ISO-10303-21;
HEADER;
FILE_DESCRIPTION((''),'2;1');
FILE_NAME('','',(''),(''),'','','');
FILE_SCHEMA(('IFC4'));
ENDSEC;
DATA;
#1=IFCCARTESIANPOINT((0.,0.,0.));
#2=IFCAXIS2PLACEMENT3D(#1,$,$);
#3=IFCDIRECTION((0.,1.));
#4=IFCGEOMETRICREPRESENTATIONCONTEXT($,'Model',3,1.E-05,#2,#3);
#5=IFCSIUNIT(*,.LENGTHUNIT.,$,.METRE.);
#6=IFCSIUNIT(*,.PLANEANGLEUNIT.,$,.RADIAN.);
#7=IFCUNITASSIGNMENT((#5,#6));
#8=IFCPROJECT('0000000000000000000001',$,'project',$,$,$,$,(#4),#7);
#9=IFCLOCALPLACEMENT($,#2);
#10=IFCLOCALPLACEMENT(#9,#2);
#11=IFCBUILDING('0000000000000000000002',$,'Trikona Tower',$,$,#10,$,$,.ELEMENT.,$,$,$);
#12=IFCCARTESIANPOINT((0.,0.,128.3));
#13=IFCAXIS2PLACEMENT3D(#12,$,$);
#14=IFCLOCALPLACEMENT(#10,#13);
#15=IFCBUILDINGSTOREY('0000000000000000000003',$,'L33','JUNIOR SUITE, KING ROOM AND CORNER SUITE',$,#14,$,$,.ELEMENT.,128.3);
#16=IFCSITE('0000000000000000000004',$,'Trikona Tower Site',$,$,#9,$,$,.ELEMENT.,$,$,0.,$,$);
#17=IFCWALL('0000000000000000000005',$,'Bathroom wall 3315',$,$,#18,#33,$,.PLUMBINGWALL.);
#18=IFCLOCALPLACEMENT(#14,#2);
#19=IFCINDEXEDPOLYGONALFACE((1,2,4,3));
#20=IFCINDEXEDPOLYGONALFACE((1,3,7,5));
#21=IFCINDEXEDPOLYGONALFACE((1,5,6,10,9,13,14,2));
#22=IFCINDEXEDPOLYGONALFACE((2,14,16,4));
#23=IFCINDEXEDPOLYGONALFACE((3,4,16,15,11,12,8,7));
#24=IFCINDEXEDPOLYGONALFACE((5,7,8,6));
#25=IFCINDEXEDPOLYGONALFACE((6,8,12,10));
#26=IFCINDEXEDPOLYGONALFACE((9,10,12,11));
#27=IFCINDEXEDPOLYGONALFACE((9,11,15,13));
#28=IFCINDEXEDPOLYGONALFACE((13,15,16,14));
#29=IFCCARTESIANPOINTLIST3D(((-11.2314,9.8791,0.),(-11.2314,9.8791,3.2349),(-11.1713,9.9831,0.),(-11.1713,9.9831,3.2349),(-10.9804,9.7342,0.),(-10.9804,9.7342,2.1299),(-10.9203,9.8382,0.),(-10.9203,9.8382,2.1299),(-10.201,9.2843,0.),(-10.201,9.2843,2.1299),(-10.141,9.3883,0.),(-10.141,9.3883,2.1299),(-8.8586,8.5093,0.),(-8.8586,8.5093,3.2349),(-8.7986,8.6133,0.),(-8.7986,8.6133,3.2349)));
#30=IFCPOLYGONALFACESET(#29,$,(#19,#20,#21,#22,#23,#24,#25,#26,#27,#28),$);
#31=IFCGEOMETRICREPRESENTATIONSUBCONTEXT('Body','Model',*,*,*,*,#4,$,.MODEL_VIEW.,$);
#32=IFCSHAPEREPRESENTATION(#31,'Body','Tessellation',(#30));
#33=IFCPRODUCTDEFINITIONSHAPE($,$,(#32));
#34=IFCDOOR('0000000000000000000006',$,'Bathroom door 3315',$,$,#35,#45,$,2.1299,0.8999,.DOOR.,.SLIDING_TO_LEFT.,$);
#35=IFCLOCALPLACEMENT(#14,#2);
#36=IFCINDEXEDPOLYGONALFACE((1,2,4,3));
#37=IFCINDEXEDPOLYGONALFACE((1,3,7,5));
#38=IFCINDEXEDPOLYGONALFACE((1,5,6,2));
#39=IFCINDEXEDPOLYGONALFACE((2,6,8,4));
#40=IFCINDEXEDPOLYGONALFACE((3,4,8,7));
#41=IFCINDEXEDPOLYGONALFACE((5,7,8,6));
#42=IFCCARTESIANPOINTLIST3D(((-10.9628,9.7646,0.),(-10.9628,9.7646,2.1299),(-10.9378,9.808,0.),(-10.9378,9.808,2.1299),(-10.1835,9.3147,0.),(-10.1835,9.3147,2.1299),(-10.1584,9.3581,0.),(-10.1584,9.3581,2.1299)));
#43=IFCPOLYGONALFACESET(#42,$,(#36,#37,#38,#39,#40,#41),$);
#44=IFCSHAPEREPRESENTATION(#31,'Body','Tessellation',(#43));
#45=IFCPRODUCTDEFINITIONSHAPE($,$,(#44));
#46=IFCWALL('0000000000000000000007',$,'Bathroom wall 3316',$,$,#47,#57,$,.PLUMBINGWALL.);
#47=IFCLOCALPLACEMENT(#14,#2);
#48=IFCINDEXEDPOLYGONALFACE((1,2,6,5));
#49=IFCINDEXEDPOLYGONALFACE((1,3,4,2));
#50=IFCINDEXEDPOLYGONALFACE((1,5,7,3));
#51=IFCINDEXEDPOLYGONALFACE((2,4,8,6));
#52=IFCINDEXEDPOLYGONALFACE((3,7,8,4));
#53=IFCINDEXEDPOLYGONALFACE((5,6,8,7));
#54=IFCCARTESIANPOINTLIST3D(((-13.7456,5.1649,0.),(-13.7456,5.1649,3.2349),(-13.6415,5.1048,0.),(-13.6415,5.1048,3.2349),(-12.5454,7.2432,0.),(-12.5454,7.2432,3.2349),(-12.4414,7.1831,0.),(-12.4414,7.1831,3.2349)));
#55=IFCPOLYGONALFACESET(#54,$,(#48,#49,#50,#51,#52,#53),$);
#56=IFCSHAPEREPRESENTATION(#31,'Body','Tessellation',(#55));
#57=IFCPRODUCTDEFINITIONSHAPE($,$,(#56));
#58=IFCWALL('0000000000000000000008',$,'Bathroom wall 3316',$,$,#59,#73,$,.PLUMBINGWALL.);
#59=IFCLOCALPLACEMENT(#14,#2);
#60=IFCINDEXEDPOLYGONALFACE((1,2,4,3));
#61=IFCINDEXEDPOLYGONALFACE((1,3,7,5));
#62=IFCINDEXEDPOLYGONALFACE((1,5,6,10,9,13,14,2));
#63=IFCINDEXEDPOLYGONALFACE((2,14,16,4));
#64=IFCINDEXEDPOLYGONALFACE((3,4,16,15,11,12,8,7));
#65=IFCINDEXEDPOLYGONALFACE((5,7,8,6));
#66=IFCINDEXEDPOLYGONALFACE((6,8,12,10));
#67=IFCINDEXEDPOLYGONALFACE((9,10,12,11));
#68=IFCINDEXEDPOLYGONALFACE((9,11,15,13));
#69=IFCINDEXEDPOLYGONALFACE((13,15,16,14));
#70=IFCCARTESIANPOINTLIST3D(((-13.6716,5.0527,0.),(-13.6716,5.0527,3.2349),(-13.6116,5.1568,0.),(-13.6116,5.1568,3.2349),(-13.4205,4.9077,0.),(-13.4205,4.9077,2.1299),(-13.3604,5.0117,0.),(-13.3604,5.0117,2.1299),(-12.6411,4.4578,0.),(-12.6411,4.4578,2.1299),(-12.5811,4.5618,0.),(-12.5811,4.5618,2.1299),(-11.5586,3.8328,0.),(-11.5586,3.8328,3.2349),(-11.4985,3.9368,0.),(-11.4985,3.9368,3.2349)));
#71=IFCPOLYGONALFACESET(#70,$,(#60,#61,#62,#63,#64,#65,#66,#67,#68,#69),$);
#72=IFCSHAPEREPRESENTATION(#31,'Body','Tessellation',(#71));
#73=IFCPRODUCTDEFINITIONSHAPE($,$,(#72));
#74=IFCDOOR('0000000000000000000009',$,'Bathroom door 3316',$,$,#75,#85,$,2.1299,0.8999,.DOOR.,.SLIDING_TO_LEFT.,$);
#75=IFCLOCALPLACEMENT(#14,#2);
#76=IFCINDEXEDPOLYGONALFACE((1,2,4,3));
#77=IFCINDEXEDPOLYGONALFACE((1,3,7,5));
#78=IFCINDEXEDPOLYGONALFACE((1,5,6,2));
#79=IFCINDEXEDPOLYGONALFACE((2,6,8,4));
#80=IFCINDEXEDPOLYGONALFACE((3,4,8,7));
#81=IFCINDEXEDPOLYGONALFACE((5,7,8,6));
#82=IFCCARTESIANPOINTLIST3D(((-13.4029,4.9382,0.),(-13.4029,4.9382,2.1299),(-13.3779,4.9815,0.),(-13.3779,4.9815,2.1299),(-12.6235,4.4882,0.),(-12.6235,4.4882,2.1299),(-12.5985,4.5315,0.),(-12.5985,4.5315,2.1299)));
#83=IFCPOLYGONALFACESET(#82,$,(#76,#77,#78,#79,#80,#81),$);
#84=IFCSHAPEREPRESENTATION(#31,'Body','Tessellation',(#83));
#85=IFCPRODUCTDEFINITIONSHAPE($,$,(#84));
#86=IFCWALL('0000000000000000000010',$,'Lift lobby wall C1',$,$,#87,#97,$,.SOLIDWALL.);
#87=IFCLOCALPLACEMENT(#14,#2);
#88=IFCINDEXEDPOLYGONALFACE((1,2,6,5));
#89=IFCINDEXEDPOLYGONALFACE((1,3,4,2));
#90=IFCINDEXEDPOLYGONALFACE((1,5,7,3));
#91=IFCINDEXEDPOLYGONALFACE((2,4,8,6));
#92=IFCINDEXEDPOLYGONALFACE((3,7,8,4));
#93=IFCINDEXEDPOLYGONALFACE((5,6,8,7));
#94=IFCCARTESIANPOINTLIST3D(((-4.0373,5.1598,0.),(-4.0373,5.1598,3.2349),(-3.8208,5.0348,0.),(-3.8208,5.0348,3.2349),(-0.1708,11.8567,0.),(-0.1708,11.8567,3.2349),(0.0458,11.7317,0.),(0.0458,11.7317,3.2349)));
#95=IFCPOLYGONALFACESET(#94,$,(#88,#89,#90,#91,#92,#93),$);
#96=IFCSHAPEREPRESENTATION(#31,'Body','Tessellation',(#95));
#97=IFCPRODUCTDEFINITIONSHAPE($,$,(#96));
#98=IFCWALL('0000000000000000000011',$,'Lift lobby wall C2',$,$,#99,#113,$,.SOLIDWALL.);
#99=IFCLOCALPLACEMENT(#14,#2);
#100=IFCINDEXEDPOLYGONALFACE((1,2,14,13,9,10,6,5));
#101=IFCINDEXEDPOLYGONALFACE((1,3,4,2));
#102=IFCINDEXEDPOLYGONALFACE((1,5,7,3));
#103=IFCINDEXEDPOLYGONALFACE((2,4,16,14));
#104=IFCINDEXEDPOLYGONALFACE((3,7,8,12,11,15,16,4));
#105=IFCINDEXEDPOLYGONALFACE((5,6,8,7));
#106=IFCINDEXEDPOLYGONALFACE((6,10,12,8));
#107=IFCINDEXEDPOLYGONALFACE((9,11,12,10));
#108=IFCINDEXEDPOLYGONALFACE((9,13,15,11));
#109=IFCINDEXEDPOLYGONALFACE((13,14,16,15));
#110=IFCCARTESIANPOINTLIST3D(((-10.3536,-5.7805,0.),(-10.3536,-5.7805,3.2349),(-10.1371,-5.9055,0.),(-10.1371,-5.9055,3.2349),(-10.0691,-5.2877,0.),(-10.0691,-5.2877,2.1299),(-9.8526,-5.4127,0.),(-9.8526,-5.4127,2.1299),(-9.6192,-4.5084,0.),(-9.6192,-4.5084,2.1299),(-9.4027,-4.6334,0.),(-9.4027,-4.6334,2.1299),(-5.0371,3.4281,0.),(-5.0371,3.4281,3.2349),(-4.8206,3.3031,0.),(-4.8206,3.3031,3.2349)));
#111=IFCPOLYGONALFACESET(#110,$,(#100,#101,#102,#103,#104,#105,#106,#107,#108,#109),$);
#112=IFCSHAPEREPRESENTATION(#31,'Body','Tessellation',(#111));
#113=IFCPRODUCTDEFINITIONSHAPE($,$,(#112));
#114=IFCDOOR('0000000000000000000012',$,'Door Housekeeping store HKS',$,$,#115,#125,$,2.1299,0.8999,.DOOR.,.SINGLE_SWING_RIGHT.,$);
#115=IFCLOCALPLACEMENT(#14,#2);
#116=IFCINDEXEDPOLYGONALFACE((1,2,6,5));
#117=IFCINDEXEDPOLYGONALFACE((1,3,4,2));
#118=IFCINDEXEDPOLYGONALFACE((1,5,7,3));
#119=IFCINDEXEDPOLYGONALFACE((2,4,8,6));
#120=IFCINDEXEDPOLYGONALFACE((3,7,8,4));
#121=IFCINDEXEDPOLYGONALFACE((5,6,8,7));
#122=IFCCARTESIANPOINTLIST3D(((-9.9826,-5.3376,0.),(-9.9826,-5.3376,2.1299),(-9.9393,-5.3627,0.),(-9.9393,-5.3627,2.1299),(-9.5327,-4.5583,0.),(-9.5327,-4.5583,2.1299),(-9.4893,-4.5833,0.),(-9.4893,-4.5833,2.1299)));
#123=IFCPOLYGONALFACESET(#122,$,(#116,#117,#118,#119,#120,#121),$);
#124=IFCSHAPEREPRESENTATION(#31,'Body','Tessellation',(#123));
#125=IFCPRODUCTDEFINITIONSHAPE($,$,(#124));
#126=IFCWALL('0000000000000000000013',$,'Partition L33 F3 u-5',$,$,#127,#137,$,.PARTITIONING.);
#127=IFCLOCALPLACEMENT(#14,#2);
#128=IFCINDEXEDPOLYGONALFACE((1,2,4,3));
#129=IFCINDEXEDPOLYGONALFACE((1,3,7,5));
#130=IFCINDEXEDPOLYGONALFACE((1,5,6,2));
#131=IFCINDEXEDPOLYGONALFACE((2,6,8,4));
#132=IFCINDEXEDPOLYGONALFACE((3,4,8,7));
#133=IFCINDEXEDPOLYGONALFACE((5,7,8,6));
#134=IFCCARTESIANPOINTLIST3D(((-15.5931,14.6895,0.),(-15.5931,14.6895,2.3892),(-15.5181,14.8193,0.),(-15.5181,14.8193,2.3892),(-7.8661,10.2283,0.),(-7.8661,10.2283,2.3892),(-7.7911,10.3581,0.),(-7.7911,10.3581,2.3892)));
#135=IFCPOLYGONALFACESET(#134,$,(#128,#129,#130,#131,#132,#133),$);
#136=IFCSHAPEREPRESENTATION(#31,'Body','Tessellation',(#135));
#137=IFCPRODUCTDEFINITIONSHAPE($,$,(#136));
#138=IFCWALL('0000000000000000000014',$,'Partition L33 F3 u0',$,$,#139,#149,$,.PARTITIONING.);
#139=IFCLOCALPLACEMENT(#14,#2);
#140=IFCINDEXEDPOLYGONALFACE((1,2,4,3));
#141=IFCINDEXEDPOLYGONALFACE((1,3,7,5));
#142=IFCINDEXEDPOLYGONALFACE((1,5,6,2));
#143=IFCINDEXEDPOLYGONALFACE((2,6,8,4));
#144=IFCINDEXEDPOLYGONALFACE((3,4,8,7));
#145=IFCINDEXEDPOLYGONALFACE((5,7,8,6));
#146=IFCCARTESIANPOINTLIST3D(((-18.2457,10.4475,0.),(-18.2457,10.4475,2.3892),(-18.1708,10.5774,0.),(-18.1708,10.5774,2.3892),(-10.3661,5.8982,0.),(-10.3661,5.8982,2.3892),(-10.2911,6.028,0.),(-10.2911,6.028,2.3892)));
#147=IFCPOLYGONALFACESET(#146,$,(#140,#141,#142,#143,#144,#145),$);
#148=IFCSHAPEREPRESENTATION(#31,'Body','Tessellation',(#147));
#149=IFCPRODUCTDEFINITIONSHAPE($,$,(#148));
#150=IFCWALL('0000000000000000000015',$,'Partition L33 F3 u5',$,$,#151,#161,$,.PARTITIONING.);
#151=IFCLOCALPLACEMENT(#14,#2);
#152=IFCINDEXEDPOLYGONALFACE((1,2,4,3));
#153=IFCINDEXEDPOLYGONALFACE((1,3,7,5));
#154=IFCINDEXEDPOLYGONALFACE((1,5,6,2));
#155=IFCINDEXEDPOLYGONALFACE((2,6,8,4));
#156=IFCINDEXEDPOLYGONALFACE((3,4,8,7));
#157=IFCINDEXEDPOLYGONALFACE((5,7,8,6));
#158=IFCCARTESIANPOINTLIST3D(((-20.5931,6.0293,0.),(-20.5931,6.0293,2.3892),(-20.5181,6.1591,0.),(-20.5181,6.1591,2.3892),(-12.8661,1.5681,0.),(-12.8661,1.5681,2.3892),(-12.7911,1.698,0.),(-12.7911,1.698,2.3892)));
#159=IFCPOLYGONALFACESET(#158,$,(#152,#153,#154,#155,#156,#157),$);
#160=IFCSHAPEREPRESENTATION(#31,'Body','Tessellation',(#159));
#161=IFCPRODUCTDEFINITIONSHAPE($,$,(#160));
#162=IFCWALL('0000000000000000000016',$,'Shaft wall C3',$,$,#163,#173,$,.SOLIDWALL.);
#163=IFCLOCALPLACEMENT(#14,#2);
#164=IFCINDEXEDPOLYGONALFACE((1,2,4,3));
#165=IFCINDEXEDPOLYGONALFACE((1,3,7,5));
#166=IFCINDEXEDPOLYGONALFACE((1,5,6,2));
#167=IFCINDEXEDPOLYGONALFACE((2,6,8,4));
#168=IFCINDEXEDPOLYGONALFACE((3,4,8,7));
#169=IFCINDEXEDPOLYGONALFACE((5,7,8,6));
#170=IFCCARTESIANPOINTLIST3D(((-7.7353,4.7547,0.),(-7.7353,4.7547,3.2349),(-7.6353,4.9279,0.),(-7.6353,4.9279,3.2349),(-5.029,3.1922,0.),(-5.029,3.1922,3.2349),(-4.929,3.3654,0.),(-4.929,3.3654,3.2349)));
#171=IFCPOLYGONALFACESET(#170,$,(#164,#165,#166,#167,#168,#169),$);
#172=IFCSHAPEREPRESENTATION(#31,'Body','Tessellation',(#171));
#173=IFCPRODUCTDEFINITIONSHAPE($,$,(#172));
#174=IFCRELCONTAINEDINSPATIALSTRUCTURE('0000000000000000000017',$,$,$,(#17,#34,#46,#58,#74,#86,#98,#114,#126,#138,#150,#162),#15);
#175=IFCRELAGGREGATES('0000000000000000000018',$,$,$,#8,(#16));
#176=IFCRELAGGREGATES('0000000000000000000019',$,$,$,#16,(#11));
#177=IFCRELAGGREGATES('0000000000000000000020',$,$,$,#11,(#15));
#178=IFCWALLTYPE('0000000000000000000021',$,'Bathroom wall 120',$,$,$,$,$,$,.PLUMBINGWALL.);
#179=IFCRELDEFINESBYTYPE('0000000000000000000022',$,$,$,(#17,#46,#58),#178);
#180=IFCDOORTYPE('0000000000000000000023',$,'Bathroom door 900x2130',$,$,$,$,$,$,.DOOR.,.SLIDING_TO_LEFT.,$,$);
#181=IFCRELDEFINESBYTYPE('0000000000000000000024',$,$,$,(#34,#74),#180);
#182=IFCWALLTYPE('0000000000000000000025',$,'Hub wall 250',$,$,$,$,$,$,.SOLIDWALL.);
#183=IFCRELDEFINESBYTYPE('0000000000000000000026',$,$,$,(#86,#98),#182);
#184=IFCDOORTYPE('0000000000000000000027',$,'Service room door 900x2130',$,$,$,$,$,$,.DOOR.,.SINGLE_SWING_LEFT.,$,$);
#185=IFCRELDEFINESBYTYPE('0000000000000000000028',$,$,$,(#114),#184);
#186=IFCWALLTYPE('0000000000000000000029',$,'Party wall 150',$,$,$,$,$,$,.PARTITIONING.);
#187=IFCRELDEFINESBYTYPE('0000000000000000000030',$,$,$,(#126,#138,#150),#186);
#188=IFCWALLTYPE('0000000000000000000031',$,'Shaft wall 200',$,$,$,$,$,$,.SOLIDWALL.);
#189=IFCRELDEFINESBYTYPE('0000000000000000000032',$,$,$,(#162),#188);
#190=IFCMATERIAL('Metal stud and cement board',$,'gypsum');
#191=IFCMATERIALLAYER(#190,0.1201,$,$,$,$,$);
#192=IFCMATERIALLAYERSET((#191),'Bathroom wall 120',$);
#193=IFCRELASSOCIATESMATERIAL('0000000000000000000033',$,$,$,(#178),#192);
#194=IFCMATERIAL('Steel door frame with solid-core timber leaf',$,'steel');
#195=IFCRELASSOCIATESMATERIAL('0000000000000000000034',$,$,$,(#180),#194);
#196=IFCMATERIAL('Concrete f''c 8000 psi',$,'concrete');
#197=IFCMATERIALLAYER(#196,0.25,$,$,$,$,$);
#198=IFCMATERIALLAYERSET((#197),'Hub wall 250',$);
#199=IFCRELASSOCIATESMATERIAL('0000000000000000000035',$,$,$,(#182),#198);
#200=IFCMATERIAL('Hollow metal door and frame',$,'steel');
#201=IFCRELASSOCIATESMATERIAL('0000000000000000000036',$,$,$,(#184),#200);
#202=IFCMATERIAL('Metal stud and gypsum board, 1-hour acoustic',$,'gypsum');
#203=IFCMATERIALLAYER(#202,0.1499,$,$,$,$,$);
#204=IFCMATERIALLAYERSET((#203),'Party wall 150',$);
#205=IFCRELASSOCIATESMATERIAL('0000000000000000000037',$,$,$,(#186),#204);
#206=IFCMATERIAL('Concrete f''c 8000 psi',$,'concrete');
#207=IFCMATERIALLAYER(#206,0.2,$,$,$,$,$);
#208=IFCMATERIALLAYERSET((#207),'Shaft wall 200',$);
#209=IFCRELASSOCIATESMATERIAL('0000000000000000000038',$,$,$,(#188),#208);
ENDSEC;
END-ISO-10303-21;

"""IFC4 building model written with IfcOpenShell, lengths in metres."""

from ifc_helpers import new_model, si_unit, direction, frame, frame_2d, origin, place, context, subcontext, project, spatial, rectangle, extrude, material, layer, layer_set, type_object, element, fill, save


model = new_model("IFC4")

# Units and contexts
model_context = context("Model", 3, precision=1e-05, world=origin(), true_north=direction((0.0, 1.0)))
body_context = subcontext(model_context, "Body", "Model", "MODEL_VIEW")
ifc_project = project(units=[si_unit("LENGTHUNIT", "METRE"), si_unit("PLANEANGLEUNIT", "RADIAN")], contexts=[model_context])

# Site, building, storey
site_placement = place(None, origin())
site = spatial("IfcSite", under=ifc_project, at=site_placement, Name="Trikona Tower Site", CompositionType="ELEMENT", RefElevation=0.0)
building_placement = place(site_placement, origin())
building = spatial("IfcBuilding", under=site, at=building_placement, Name="Trikona Tower", CompositionType="ELEMENT")
storey_placement = place(building_placement, frame((0.0, 0.0, 128.3)))
storey = spatial("IfcBuildingStorey", under=building, at=storey_placement, Name="L33", Description="JUNIOR SUITE, KING ROOM AND CORNER SUITE", CompositionType="ELEMENT", Elevation=128.3)

# Shared definitions
ifc_material_1 = material(Name="Metal stud and cement board", Category="gypsum")
ifc_layer_1 = layer(ifc_material_1, 0.1201)
ifc_layer_set_1 = layer_set([ifc_layer_1], Name="Bathroom wall 120")
wall_type_1 = type_object("IfcWallType", Name="Bathroom wall 120", PredefinedType="PLUMBINGWALL", material=ifc_layer_set_1)
ifc_material_2 = material(Name="Steel door frame with solid-core timber leaf", Category="steel")
door_type_1 = type_object("IfcDoorType", Name="Bathroom door 900x2130", OperationType="SLIDING_TO_LEFT", PredefinedType="DOOR", material=ifc_material_2)

# Wall, opening, door
wall_1_placement = place(storey_placement, frame((-8.8286, 8.5613, 0.0), z_axis=(0.0, 0.0, 1.0), x_axis=(-0.866036, 0.499982, 0.0)))
wall_1 = element("IfcWall", 1, at=wall_1_placement, inside=storey, type_object=wall_type_1, Name="Bathroom wall 3315", PredefinedType="PLUMBINGWALL", context=body_context, shape_type="SweptSolid", body=[
    extrude(rectangle(XDim=2.7397, YDim=0.1201, at=frame_2d((1.3699, 0.0))), origin(), (0.0, 0.0, 1.0), 3.2349),
])
opening_1_placement = place(wall_1_placement, frame((1.55, 0.0, 0.0)))
opening_1 = element("IfcOpeningElement", 2, at=opening_1_placement, cuts=wall_1, PredefinedType="OPENING", context=body_context, shape_type="SweptSolid", body=[
    extrude(rectangle(XDim=0.8999, YDim=2.1299, at=frame_2d((0.45, 1.0649))), frame((0.0, 0.0701, 0.0), z_axis=(0.0, -1.0, 0.0), x_axis=(1.0, 0.0, 0.0)), (0.0, 0.0, 1.0), 0.1401),
])
door_1_placement = place(opening_1_placement, origin())
door_1 = element("IfcDoor", 3, at=door_1_placement, inside=storey, type_object=door_type_1, Name="Bathroom door 3315", OperationType="SLIDING_TO_LEFT", OverallHeight=2.1299, OverallWidth=0.8999, PredefinedType="DOOR", context=body_context, shape_type="SweptSolid", body=[
    extrude(rectangle(XDim=0.8999, YDim=2.1299, at=frame_2d((0.45, 1.0649))), frame((0.0, 0.0249, 0.0), z_axis=(0.0, -1.0, 0.0), x_axis=(1.0, 0.0, 0.0)), (0.0, 0.0, 1.0), 0.05),
])
fill(opening_1, door_1)

# Wall
wall_2_placement = place(storey_placement, frame((-12.4934, 7.2131, 0.0), z_axis=(0.0, 0.0, 1.0), x_axis=(-0.500078, -0.865981, 0.0)))
element("IfcWall", 4, at=wall_2_placement, inside=storey, type_object=wall_type_1, Name="Bathroom wall 3316", PredefinedType="PLUMBINGWALL", context=body_context, shape_type="SweptSolid", body=[
    extrude(rectangle(XDim=2.3999, YDim=0.1201, at=frame_2d((1.2, 0.0))), origin(), (0.0, 0.0, 1.0), 3.2349),
])

# Wall, opening, door
wall_3_placement = place(storey_placement, frame((-11.5286, 3.8848, 0.0), z_axis=(0.0, 0.0, 1.0), x_axis=(-0.866024, 0.500003, 0.0)))
wall_3 = element("IfcWall", 5, at=wall_3_placement, inside=storey, type_object=wall_type_1, Name="Bathroom wall 3316", PredefinedType="PLUMBINGWALL", context=body_context, shape_type="SweptSolid", body=[
    extrude(rectangle(XDim=2.4399, YDim=0.1201, at=frame_2d((1.22, 0.0))), origin(), (0.0, 0.0, 1.0), 3.2349),
])
opening_2_placement = place(wall_3_placement, frame((1.25, 0.0, 0.0)))
opening_2 = element("IfcOpeningElement", 6, at=opening_2_placement, cuts=wall_3, PredefinedType="OPENING", context=body_context, shape_type="SweptSolid", body=[
    extrude(rectangle(XDim=0.8999, YDim=2.1299, at=frame_2d((0.45, 1.0649))), frame((0.0, 0.0701, 0.0), z_axis=(0.0, -1.0, 0.0), x_axis=(1.0, 0.0, 0.0)), (0.0, 0.0, 1.0), 0.1401),
])
door_2_placement = place(opening_2_placement, origin())
door_2 = element("IfcDoor", 7, at=door_2_placement, inside=storey, type_object=door_type_1, Name="Bathroom door 3316", OperationType="SLIDING_TO_LEFT", OverallHeight=2.1299, OverallWidth=0.8999, PredefinedType="DOOR", context=body_context, shape_type="SweptSolid", body=[
    extrude(rectangle(XDim=0.8999, YDim=2.1299, at=frame_2d((0.45, 1.0649))), frame((0.0, 0.0249, 0.0), z_axis=(0.0, -1.0, 0.0), x_axis=(1.0, 0.0, 0.0)), (0.0, 0.0, 1.0), 0.05),
])
fill(opening_2, door_2)

# Wall
ifc_material_3 = material(Name="Concrete f'c 8000 psi", Category="concrete")
ifc_layer_2 = layer(ifc_material_3, 0.25)
ifc_layer_set_2 = layer_set([ifc_layer_2], Name="Hub wall 250")
wall_type_2 = type_object("IfcWallType", Name="Hub wall 250", PredefinedType="SOLIDWALL", material=ifc_layer_set_2)
wall_4_placement = place(storey_placement, frame((-0.0625, 11.7942, 0.0), z_axis=(0.0, 0.0, 1.0), x_axis=(-0.500007, -0.866022, 0.0)))
element("IfcWall", 8, at=wall_4_placement, inside=storey, type_object=wall_type_2, Name="Lift lobby wall C1", PredefinedType="SOLIDWALL", context=body_context, shape_type="SweptSolid", body=[
    extrude(rectangle(XDim=7.7329, YDim=0.25, at=frame_2d((3.8665, 0.0))), origin(), (0.0, 0.0, 1.0), 3.2349),
])

# Wall, opening, door
wall_5_placement = place(storey_placement, frame((-4.929, 3.3655, 0.0), z_axis=(0.0, 0.0, 1.0), x_axis=(-0.499991, -0.86603, 0.0)))
wall_5 = element("IfcWall", 9, at=wall_5_placement, inside=storey, type_object=wall_type_2, Name="Lift lobby wall C2", PredefinedType="SOLIDWALL", context=body_context, shape_type="SweptSolid", body=[
    extrude(rectangle(XDim=10.6331, YDim=0.25, at=frame_2d((5.3164, 0.0))), origin(), (0.0, 0.0, 1.0), 3.2349),
])
opening_3_placement = place(wall_5_placement, frame((9.1641, 0.0, 0.0)))
opening_3 = element("IfcOpeningElement", 10, at=opening_3_placement, cuts=wall_5, PredefinedType="OPENING", context=body_context, shape_type="SweptSolid", body=[
    extrude(rectangle(XDim=0.8999, YDim=2.1299, at=frame_2d((0.45, 1.0649))), frame((0.0, 0.135, 0.0), z_axis=(0.0, -1.0, 0.0), x_axis=(1.0, 0.0, 0.0)), (0.0, 0.0, 1.0), 0.27),
])
ifc_material_4 = material(Name="Hollow metal door and frame", Category="steel")
door_type_2 = type_object("IfcDoorType", Name="Service room door 900x2130", OperationType="SINGLE_SWING_LEFT", PredefinedType="DOOR", material=ifc_material_4)
door_3_placement = place(opening_3_placement, origin())
door_3 = element("IfcDoor", 11, at=door_3_placement, inside=storey, type_object=door_type_2, Name="Door Housekeeping store HKS", OperationType="SINGLE_SWING_RIGHT", OverallHeight=2.1299, OverallWidth=0.8999, PredefinedType="DOOR", context=body_context, shape_type="SweptSolid", body=[
    extrude(rectangle(XDim=0.8999, YDim=2.1299, at=frame_2d((0.45, 1.0649))), frame((0.0, 0.0249, 0.0), z_axis=(0.0, -1.0, 0.0), x_axis=(1.0, 0.0, 0.0)), (0.0, 0.0, 1.0), 0.05),
])
fill(opening_3, door_3)

# Walls
ifc_material_5 = material(Name="Metal stud and gypsum board, 1-hour acoustic", Category="gypsum")
ifc_layer_3 = layer(ifc_material_5, 0.1499)
ifc_layer_set_3 = layer_set([ifc_layer_3], Name="Party wall 150")
wall_type_3 = type_object("IfcWallType", Name="Party wall 150", PredefinedType="PARTITIONING", material=ifc_layer_set_3)
wall_6_placement = place(storey_placement, frame((-7.8286, 10.2932, 0.0), z_axis=(0.0, 0.0, 1.0), x_axis=(-0.866027, 0.499997, 0.0)))
element("IfcWall", 12, at=wall_6_placement, inside=storey, type_object=wall_type_3, Name="Partition L33 F3 u-5", PredefinedType="PARTITIONING", context=body_context, shape_type="SweptSolid", body=[
    extrude(rectangle(XDim=8.9224, YDim=0.1499, at=frame_2d((4.4612, 0.0))), origin(), (0.0, 0.0, 1.0), 2.3892),
])
wall_7_placement = place(storey_placement, frame((-10.3286, 5.9631, 0.0), z_axis=(0.0, 0.0, 1.0), x_axis=(-0.866025, 0.5, 0.0)))
element("IfcWall", 13, at=wall_7_placement, inside=storey, type_object=wall_type_3, Name="Partition L33 F3 u0", PredefinedType="PARTITIONING", context=body_context, shape_type="SweptSolid", body=[
    extrude(rectangle(XDim=9.0986, YDim=0.1499, at=frame_2d((4.5493, 0.0))), origin(), (0.0, 0.0, 1.0), 2.3892),
])
wall_8_placement = place(storey_placement, frame((-12.8286, 1.6331, 0.0), z_axis=(0.0, 0.0, 1.0), x_axis=(-0.866027, 0.499997, 0.0)))
element("IfcWall", 14, at=wall_8_placement, inside=storey, type_object=wall_type_3, Name="Partition L33 F3 u5", PredefinedType="PARTITIONING", context=body_context, shape_type="SweptSolid", body=[
    extrude(rectangle(XDim=8.9224, YDim=0.1499, at=frame_2d((4.4612, 0.0))), origin(), (0.0, 0.0, 1.0), 2.3892),
])
ifc_material_6 = material(Name="Concrete f'c 8000 psi", Category="concrete")
ifc_layer_4 = layer(ifc_material_6, 0.2)
ifc_layer_set_4 = layer_set([ifc_layer_4], Name="Shaft wall 200")
wall_type_4 = type_object("IfcWallType", Name="Shaft wall 200", PredefinedType="SOLIDWALL", material=ifc_layer_set_4)
for number, where, z_axis, x_axis, name in (
    (15, (-4.979, 3.2788, 0.0), (0.0, 0.0, 1.0), (-0.866023, 0.500004, 0.0), "Shaft wall C3"),
):
    element("IfcWall", number, at=place(storey_placement, frame(where, z_axis=z_axis, x_axis=x_axis)), inside=storey, type_object=wall_type_4, Name=name, PredefinedType="SOLIDWALL", context=body_context, shape_type="SweptSolid", body=[
        extrude(rectangle(XDim=3.125, YDim=0.2, at=frame_2d((1.5625, 0.0))), origin(), (0.0, 0.0, 1.0), 3.2349),
    ])

save(model, "model.ifc")
